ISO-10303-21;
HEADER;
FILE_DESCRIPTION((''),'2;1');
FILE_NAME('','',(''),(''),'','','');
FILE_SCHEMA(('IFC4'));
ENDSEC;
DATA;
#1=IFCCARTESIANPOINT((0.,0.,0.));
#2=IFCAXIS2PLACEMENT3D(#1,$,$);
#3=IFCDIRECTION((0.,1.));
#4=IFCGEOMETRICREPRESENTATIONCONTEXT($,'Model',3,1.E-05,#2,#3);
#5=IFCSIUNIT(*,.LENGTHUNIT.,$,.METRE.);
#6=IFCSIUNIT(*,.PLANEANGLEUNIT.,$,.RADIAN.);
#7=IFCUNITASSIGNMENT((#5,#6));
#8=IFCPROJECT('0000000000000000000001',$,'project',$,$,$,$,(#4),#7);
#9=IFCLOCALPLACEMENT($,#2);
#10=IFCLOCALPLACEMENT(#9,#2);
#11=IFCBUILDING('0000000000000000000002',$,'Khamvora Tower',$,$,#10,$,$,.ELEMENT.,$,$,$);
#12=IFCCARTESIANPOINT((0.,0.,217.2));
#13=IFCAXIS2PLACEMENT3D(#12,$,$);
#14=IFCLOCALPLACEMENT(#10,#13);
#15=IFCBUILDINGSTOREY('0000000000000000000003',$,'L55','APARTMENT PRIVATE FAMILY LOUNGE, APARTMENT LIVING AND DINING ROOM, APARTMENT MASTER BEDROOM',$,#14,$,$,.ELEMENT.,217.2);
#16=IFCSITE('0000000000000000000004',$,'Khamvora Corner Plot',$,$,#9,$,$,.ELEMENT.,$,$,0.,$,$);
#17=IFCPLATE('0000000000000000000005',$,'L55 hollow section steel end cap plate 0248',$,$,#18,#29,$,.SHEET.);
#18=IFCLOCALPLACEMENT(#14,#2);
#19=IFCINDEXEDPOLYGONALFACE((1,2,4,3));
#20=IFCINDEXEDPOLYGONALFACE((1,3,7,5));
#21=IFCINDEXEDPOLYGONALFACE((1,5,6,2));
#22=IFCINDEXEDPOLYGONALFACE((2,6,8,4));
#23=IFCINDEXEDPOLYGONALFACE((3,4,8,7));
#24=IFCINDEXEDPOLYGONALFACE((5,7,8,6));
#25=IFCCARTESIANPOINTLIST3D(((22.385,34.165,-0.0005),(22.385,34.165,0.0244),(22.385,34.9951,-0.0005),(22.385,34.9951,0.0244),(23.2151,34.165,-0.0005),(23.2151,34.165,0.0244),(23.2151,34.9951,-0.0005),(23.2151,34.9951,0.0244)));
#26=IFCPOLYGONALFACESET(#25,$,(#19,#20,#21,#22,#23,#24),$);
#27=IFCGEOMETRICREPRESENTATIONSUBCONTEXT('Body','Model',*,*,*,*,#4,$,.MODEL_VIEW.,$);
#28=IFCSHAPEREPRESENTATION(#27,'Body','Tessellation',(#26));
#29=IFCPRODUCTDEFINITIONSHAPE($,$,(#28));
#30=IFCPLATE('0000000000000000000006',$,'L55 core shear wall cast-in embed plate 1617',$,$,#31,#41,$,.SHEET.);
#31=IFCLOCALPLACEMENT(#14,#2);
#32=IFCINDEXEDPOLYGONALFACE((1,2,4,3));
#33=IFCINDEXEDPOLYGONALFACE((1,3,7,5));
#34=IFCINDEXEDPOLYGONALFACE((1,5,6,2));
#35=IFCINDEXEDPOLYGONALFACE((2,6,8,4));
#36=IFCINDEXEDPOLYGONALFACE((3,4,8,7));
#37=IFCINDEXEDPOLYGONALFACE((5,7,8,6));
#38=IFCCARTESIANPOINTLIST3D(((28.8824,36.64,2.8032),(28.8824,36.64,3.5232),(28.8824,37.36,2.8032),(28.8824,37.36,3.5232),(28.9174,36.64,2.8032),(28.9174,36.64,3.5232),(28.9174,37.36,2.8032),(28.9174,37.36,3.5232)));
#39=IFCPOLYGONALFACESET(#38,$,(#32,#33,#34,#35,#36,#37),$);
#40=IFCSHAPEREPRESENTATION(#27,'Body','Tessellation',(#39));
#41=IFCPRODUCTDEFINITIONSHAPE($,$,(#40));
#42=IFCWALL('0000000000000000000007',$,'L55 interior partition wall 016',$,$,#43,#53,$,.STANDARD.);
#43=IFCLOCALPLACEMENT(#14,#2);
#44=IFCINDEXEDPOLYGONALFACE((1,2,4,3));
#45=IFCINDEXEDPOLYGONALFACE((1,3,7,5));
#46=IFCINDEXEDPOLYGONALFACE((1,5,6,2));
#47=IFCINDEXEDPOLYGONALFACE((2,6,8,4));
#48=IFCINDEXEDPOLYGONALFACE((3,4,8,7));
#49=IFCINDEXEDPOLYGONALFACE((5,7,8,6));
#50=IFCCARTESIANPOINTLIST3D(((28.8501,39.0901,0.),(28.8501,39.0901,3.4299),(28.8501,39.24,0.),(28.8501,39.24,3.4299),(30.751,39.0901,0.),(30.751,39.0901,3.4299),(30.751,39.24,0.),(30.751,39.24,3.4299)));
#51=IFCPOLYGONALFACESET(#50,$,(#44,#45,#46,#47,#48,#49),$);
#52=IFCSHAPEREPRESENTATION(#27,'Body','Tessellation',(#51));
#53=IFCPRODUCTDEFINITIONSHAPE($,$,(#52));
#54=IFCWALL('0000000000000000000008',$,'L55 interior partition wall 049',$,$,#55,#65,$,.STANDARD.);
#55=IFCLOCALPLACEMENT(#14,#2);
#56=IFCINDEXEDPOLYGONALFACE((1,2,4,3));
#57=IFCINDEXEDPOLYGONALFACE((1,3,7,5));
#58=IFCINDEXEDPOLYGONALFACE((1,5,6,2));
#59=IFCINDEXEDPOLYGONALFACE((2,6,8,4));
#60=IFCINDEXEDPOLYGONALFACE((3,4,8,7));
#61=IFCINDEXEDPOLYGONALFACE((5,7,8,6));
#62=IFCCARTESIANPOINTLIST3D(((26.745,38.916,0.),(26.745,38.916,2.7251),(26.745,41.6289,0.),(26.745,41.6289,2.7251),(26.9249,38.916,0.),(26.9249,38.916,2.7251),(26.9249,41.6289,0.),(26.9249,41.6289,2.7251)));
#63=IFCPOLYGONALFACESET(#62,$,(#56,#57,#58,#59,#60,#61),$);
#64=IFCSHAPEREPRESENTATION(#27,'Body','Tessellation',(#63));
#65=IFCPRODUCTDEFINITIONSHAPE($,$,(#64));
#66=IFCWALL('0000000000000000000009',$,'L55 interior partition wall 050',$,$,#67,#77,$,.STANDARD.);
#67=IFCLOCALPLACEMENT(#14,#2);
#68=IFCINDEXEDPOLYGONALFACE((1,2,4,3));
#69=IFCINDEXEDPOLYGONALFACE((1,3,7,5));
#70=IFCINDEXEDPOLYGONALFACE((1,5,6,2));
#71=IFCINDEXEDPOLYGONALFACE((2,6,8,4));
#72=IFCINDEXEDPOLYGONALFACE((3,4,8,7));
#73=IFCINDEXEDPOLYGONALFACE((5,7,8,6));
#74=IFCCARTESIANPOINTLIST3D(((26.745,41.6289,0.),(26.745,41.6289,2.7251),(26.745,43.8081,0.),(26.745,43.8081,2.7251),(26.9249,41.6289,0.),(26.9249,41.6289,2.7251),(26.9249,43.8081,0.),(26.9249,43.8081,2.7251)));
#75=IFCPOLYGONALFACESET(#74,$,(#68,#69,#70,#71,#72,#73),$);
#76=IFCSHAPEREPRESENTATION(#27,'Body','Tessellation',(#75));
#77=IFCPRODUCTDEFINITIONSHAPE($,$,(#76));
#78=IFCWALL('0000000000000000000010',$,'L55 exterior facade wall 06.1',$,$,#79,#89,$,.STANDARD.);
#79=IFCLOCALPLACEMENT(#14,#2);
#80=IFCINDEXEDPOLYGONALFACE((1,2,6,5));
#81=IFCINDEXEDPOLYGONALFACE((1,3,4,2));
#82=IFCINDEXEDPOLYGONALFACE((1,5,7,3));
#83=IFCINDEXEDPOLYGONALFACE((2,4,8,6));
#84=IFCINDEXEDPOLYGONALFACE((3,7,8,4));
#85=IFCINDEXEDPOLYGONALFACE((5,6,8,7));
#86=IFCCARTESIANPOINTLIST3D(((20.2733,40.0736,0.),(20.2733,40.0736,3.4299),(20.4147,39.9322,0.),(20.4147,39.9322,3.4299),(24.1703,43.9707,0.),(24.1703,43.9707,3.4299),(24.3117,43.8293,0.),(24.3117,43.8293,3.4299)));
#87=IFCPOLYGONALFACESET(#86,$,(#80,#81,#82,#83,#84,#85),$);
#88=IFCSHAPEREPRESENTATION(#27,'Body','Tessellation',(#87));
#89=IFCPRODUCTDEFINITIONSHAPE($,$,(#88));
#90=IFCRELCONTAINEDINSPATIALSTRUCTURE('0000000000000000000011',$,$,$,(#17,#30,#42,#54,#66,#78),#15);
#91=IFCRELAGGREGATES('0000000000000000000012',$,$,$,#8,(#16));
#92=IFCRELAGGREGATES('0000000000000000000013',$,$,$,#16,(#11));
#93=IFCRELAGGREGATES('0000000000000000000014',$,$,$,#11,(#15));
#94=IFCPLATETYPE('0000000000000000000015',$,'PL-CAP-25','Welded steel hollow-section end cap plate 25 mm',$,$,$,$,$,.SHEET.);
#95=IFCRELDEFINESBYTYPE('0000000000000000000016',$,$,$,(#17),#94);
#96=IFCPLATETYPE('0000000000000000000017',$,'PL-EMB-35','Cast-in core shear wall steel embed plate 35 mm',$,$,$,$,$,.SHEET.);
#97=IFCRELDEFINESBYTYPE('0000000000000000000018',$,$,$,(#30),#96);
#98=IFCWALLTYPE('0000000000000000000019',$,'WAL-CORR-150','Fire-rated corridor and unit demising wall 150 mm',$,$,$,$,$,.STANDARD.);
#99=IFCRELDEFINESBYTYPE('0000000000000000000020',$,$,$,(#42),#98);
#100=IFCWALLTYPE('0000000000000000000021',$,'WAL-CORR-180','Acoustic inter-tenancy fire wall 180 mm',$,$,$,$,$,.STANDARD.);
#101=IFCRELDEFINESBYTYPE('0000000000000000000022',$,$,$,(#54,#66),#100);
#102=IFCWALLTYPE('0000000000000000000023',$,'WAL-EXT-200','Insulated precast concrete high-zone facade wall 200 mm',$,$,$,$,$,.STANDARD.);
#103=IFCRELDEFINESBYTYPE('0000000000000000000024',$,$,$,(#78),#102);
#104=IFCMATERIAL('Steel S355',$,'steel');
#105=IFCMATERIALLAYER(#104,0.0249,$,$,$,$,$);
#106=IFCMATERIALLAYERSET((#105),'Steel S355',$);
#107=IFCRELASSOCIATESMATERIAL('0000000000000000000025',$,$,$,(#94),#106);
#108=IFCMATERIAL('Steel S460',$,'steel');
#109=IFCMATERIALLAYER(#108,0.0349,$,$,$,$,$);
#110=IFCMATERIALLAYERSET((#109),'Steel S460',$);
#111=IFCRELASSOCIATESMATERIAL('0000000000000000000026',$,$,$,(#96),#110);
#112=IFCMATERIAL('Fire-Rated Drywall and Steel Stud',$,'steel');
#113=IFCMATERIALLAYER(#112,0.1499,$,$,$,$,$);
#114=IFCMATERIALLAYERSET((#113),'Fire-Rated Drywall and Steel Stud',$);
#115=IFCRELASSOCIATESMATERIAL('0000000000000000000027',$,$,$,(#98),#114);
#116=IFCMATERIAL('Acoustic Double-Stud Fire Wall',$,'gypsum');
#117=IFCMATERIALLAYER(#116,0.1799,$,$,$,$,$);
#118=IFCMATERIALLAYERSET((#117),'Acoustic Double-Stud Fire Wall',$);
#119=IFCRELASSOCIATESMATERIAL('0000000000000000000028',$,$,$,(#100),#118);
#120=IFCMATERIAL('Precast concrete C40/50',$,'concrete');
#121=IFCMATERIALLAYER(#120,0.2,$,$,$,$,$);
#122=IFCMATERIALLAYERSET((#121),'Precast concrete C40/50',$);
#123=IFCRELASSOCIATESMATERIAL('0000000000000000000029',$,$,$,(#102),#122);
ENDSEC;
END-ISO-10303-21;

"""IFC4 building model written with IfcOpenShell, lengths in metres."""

from ifc_helpers import new_model, si_unit, direction, frame, frame_2d, origin, origin_2d, place, context, subcontext, project, spatial, rectangle, extrude, material, layer, layer_set, type_object, element, save


model = new_model("IFC4")

# Units and contexts
model_context = context("Model", 3, precision=1e-05, world=origin(), true_north=direction((0.0, 1.0)))
body_context = subcontext(model_context, "Body", "Model", "MODEL_VIEW")
ifc_project = project(units=[si_unit("LENGTHUNIT", "METRE"), si_unit("PLANEANGLEUNIT", "RADIAN")], contexts=[model_context])

# Site, building, storey
site_placement = place(None, origin())
site = spatial("IfcSite", under=ifc_project, at=site_placement, Name="Khamvora Corner Plot", CompositionType="ELEMENT", RefElevation=0.0)
building_placement = place(site_placement, origin())
building = spatial("IfcBuilding", under=site, at=building_placement, Name="Khamvora Tower", CompositionType="ELEMENT")
storey_placement = place(building_placement, frame((0.0, 0.0, 217.2)))
storey = spatial("IfcBuildingStorey", under=building, at=storey_placement, Name="L55", Description="APARTMENT PRIVATE FAMILY LOUNGE, APARTMENT LIVING AND DINING ROOM, APARTMENT MASTER BEDROOM", CompositionType="ELEMENT", Elevation=217.2)

# Shared definitions
ifc_material_1 = material(Name="Steel S355", Category="steel")

# Plates
ifc_layer_1 = layer(ifc_material_1, 0.0249)
ifc_layer_set_1 = layer_set([ifc_layer_1], Name="Steel S355")
plate_type_1 = type_object("IfcPlateType", Name="PL-CAP-25", Description="Welded steel hollow-section end cap plate 25 mm", PredefinedType="SHEET", material=ifc_layer_set_1)
for number, where, z_axis, x_axis, name in (
    (1, (22.8, 34.5801, -0.0005), (0.0, 0.0, 1.0), (1.0, 0.0, 0.0), "L55 hollow section steel end cap plate 0248"),
):
    element("IfcPlate", number, at=place(storey_placement, frame(where, z_axis=z_axis, x_axis=x_axis)), inside=storey, type_object=plate_type_1, Name=name, PredefinedType="SHEET", context=body_context, shape_type="SweptSolid", body=[
        extrude(rectangle(XDim=0.8301, YDim=0.8301, at=origin_2d()), origin(), (0.0, 0.0, 1.0), 0.0249),
    ])
ifc_material_2 = material(Name="Steel S460", Category="steel")
ifc_layer_2 = layer(ifc_material_2, 0.0349)
ifc_layer_set_2 = layer_set([ifc_layer_2], Name="Steel S460")
plate_type_2 = type_object("IfcPlateType", Name="PL-EMB-35", Description="Cast-in core shear wall steel embed plate 35 mm", PredefinedType="SHEET", material=ifc_layer_set_2)
plate_placement = place(storey_placement, frame((28.8999, 37.0, 2.8032), z_axis=(0.0, 0.0, 1.0), x_axis=(1.0, 0.0, 0.0)))
element("IfcPlate", 2, at=plate_placement, inside=storey, type_object=plate_type_2, Name="L55 core shear wall cast-in embed plate 1617", PredefinedType="SHEET", context=body_context, shape_type="SweptSolid", body=[
    extrude(rectangle(XDim=0.0349, YDim=0.72, at=origin_2d()), origin(), (0.0, 0.0, 1.0), 0.72),
])

# Walls
ifc_material_3 = material(Name="Fire-Rated Drywall and Steel Stud", Category="steel")
ifc_layer_3 = layer(ifc_material_3, 0.1499)
ifc_layer_set_3 = layer_set([ifc_layer_3], Name="Fire-Rated Drywall and Steel Stud")
wall_type_1 = type_object("IfcWallType", Name="WAL-CORR-150", Description="Fire-rated corridor and unit demising wall 150 mm", PredefinedType="STANDARD", material=ifc_layer_set_3)
wall_1_placement = place(storey_placement, frame((28.8501, 39.165, 0.0), z_axis=(0.0, 0.0, 1.0), x_axis=(1.0, 0.0, 0.0)))
element("IfcWall", 3, at=wall_1_placement, inside=storey, type_object=wall_type_1, Name="L55 interior partition wall 016", PredefinedType="STANDARD", context=body_context, shape_type="SweptSolid", body=[
    extrude(rectangle(XDim=1.9009, YDim=0.1499, at=frame_2d((0.9504, 0.0))), origin(), (0.0, 0.0, 1.0), 3.4299),
])
ifc_material_4 = material(Name="Acoustic Double-Stud Fire Wall", Category="gypsum")
ifc_layer_4 = layer(ifc_material_4, 0.1799)
ifc_layer_set_4 = layer_set([ifc_layer_4], Name="Acoustic Double-Stud Fire Wall")
wall_type_2 = type_object("IfcWallType", Name="WAL-CORR-180", Description="Acoustic inter-tenancy fire wall 180 mm", PredefinedType="STANDARD", material=ifc_layer_set_4)
wall_2_placement = place(storey_placement, frame((26.835, 41.6289, 0.0), z_axis=(0.0, 0.0, 1.0), x_axis=(0.0, -1.0, 0.0)))
element("IfcWall", 4, at=wall_2_placement, inside=storey, type_object=wall_type_2, Name="L55 interior partition wall 049", PredefinedType="STANDARD", context=body_context, shape_type="SweptSolid", body=[
    extrude(rectangle(XDim=2.7129, YDim=0.1799, at=frame_2d((1.3564, 0.0))), origin(), (0.0, 0.0, 1.0), 2.7251),
])
wall_3_placement = place(storey_placement, frame((26.835, 43.8081, 0.0), z_axis=(0.0, 0.0, 1.0), x_axis=(0.0, -1.0, 0.0)))
element("IfcWall", 5, at=wall_3_placement, inside=storey, type_object=wall_type_2, Name="L55 interior partition wall 050", PredefinedType="STANDARD", context=body_context, shape_type="SweptSolid", body=[
    extrude(rectangle(XDim=2.1792, YDim=0.1799, at=frame_2d((1.0896, 0.0))), origin(), (0.0, 0.0, 1.0), 2.7251),
])
ifc_material_5 = material(Name="Precast concrete C40/50", Category="concrete")
ifc_layer_5 = layer(ifc_material_5, 0.2)
ifc_layer_set_5 = layer_set([ifc_layer_5], Name="Precast concrete C40/50")
wall_type_3 = type_object("IfcWallType", Name="WAL-EXT-200", Description="Insulated precast concrete high-zone facade wall 200 mm", PredefinedType="STANDARD", material=ifc_layer_set_5)
wall_4_placement = place(storey_placement, frame((20.344, 40.0029, 0.0), z_axis=(0.0, 0.0, 1.0), x_axis=(0.707107, 0.707107, 0.0)))
element("IfcWall", 6, at=wall_4_placement, inside=storey, type_object=wall_type_3, Name="L55 exterior facade wall 06.1", PredefinedType="STANDARD", context=body_context, shape_type="SweptSolid", body=[
    extrude(rectangle(XDim=5.5112, YDim=0.2, at=frame_2d((2.7556, 0.0))), origin(), (0.0, 0.0, 1.0), 3.4299),
])

save(model, "model.ifc")
